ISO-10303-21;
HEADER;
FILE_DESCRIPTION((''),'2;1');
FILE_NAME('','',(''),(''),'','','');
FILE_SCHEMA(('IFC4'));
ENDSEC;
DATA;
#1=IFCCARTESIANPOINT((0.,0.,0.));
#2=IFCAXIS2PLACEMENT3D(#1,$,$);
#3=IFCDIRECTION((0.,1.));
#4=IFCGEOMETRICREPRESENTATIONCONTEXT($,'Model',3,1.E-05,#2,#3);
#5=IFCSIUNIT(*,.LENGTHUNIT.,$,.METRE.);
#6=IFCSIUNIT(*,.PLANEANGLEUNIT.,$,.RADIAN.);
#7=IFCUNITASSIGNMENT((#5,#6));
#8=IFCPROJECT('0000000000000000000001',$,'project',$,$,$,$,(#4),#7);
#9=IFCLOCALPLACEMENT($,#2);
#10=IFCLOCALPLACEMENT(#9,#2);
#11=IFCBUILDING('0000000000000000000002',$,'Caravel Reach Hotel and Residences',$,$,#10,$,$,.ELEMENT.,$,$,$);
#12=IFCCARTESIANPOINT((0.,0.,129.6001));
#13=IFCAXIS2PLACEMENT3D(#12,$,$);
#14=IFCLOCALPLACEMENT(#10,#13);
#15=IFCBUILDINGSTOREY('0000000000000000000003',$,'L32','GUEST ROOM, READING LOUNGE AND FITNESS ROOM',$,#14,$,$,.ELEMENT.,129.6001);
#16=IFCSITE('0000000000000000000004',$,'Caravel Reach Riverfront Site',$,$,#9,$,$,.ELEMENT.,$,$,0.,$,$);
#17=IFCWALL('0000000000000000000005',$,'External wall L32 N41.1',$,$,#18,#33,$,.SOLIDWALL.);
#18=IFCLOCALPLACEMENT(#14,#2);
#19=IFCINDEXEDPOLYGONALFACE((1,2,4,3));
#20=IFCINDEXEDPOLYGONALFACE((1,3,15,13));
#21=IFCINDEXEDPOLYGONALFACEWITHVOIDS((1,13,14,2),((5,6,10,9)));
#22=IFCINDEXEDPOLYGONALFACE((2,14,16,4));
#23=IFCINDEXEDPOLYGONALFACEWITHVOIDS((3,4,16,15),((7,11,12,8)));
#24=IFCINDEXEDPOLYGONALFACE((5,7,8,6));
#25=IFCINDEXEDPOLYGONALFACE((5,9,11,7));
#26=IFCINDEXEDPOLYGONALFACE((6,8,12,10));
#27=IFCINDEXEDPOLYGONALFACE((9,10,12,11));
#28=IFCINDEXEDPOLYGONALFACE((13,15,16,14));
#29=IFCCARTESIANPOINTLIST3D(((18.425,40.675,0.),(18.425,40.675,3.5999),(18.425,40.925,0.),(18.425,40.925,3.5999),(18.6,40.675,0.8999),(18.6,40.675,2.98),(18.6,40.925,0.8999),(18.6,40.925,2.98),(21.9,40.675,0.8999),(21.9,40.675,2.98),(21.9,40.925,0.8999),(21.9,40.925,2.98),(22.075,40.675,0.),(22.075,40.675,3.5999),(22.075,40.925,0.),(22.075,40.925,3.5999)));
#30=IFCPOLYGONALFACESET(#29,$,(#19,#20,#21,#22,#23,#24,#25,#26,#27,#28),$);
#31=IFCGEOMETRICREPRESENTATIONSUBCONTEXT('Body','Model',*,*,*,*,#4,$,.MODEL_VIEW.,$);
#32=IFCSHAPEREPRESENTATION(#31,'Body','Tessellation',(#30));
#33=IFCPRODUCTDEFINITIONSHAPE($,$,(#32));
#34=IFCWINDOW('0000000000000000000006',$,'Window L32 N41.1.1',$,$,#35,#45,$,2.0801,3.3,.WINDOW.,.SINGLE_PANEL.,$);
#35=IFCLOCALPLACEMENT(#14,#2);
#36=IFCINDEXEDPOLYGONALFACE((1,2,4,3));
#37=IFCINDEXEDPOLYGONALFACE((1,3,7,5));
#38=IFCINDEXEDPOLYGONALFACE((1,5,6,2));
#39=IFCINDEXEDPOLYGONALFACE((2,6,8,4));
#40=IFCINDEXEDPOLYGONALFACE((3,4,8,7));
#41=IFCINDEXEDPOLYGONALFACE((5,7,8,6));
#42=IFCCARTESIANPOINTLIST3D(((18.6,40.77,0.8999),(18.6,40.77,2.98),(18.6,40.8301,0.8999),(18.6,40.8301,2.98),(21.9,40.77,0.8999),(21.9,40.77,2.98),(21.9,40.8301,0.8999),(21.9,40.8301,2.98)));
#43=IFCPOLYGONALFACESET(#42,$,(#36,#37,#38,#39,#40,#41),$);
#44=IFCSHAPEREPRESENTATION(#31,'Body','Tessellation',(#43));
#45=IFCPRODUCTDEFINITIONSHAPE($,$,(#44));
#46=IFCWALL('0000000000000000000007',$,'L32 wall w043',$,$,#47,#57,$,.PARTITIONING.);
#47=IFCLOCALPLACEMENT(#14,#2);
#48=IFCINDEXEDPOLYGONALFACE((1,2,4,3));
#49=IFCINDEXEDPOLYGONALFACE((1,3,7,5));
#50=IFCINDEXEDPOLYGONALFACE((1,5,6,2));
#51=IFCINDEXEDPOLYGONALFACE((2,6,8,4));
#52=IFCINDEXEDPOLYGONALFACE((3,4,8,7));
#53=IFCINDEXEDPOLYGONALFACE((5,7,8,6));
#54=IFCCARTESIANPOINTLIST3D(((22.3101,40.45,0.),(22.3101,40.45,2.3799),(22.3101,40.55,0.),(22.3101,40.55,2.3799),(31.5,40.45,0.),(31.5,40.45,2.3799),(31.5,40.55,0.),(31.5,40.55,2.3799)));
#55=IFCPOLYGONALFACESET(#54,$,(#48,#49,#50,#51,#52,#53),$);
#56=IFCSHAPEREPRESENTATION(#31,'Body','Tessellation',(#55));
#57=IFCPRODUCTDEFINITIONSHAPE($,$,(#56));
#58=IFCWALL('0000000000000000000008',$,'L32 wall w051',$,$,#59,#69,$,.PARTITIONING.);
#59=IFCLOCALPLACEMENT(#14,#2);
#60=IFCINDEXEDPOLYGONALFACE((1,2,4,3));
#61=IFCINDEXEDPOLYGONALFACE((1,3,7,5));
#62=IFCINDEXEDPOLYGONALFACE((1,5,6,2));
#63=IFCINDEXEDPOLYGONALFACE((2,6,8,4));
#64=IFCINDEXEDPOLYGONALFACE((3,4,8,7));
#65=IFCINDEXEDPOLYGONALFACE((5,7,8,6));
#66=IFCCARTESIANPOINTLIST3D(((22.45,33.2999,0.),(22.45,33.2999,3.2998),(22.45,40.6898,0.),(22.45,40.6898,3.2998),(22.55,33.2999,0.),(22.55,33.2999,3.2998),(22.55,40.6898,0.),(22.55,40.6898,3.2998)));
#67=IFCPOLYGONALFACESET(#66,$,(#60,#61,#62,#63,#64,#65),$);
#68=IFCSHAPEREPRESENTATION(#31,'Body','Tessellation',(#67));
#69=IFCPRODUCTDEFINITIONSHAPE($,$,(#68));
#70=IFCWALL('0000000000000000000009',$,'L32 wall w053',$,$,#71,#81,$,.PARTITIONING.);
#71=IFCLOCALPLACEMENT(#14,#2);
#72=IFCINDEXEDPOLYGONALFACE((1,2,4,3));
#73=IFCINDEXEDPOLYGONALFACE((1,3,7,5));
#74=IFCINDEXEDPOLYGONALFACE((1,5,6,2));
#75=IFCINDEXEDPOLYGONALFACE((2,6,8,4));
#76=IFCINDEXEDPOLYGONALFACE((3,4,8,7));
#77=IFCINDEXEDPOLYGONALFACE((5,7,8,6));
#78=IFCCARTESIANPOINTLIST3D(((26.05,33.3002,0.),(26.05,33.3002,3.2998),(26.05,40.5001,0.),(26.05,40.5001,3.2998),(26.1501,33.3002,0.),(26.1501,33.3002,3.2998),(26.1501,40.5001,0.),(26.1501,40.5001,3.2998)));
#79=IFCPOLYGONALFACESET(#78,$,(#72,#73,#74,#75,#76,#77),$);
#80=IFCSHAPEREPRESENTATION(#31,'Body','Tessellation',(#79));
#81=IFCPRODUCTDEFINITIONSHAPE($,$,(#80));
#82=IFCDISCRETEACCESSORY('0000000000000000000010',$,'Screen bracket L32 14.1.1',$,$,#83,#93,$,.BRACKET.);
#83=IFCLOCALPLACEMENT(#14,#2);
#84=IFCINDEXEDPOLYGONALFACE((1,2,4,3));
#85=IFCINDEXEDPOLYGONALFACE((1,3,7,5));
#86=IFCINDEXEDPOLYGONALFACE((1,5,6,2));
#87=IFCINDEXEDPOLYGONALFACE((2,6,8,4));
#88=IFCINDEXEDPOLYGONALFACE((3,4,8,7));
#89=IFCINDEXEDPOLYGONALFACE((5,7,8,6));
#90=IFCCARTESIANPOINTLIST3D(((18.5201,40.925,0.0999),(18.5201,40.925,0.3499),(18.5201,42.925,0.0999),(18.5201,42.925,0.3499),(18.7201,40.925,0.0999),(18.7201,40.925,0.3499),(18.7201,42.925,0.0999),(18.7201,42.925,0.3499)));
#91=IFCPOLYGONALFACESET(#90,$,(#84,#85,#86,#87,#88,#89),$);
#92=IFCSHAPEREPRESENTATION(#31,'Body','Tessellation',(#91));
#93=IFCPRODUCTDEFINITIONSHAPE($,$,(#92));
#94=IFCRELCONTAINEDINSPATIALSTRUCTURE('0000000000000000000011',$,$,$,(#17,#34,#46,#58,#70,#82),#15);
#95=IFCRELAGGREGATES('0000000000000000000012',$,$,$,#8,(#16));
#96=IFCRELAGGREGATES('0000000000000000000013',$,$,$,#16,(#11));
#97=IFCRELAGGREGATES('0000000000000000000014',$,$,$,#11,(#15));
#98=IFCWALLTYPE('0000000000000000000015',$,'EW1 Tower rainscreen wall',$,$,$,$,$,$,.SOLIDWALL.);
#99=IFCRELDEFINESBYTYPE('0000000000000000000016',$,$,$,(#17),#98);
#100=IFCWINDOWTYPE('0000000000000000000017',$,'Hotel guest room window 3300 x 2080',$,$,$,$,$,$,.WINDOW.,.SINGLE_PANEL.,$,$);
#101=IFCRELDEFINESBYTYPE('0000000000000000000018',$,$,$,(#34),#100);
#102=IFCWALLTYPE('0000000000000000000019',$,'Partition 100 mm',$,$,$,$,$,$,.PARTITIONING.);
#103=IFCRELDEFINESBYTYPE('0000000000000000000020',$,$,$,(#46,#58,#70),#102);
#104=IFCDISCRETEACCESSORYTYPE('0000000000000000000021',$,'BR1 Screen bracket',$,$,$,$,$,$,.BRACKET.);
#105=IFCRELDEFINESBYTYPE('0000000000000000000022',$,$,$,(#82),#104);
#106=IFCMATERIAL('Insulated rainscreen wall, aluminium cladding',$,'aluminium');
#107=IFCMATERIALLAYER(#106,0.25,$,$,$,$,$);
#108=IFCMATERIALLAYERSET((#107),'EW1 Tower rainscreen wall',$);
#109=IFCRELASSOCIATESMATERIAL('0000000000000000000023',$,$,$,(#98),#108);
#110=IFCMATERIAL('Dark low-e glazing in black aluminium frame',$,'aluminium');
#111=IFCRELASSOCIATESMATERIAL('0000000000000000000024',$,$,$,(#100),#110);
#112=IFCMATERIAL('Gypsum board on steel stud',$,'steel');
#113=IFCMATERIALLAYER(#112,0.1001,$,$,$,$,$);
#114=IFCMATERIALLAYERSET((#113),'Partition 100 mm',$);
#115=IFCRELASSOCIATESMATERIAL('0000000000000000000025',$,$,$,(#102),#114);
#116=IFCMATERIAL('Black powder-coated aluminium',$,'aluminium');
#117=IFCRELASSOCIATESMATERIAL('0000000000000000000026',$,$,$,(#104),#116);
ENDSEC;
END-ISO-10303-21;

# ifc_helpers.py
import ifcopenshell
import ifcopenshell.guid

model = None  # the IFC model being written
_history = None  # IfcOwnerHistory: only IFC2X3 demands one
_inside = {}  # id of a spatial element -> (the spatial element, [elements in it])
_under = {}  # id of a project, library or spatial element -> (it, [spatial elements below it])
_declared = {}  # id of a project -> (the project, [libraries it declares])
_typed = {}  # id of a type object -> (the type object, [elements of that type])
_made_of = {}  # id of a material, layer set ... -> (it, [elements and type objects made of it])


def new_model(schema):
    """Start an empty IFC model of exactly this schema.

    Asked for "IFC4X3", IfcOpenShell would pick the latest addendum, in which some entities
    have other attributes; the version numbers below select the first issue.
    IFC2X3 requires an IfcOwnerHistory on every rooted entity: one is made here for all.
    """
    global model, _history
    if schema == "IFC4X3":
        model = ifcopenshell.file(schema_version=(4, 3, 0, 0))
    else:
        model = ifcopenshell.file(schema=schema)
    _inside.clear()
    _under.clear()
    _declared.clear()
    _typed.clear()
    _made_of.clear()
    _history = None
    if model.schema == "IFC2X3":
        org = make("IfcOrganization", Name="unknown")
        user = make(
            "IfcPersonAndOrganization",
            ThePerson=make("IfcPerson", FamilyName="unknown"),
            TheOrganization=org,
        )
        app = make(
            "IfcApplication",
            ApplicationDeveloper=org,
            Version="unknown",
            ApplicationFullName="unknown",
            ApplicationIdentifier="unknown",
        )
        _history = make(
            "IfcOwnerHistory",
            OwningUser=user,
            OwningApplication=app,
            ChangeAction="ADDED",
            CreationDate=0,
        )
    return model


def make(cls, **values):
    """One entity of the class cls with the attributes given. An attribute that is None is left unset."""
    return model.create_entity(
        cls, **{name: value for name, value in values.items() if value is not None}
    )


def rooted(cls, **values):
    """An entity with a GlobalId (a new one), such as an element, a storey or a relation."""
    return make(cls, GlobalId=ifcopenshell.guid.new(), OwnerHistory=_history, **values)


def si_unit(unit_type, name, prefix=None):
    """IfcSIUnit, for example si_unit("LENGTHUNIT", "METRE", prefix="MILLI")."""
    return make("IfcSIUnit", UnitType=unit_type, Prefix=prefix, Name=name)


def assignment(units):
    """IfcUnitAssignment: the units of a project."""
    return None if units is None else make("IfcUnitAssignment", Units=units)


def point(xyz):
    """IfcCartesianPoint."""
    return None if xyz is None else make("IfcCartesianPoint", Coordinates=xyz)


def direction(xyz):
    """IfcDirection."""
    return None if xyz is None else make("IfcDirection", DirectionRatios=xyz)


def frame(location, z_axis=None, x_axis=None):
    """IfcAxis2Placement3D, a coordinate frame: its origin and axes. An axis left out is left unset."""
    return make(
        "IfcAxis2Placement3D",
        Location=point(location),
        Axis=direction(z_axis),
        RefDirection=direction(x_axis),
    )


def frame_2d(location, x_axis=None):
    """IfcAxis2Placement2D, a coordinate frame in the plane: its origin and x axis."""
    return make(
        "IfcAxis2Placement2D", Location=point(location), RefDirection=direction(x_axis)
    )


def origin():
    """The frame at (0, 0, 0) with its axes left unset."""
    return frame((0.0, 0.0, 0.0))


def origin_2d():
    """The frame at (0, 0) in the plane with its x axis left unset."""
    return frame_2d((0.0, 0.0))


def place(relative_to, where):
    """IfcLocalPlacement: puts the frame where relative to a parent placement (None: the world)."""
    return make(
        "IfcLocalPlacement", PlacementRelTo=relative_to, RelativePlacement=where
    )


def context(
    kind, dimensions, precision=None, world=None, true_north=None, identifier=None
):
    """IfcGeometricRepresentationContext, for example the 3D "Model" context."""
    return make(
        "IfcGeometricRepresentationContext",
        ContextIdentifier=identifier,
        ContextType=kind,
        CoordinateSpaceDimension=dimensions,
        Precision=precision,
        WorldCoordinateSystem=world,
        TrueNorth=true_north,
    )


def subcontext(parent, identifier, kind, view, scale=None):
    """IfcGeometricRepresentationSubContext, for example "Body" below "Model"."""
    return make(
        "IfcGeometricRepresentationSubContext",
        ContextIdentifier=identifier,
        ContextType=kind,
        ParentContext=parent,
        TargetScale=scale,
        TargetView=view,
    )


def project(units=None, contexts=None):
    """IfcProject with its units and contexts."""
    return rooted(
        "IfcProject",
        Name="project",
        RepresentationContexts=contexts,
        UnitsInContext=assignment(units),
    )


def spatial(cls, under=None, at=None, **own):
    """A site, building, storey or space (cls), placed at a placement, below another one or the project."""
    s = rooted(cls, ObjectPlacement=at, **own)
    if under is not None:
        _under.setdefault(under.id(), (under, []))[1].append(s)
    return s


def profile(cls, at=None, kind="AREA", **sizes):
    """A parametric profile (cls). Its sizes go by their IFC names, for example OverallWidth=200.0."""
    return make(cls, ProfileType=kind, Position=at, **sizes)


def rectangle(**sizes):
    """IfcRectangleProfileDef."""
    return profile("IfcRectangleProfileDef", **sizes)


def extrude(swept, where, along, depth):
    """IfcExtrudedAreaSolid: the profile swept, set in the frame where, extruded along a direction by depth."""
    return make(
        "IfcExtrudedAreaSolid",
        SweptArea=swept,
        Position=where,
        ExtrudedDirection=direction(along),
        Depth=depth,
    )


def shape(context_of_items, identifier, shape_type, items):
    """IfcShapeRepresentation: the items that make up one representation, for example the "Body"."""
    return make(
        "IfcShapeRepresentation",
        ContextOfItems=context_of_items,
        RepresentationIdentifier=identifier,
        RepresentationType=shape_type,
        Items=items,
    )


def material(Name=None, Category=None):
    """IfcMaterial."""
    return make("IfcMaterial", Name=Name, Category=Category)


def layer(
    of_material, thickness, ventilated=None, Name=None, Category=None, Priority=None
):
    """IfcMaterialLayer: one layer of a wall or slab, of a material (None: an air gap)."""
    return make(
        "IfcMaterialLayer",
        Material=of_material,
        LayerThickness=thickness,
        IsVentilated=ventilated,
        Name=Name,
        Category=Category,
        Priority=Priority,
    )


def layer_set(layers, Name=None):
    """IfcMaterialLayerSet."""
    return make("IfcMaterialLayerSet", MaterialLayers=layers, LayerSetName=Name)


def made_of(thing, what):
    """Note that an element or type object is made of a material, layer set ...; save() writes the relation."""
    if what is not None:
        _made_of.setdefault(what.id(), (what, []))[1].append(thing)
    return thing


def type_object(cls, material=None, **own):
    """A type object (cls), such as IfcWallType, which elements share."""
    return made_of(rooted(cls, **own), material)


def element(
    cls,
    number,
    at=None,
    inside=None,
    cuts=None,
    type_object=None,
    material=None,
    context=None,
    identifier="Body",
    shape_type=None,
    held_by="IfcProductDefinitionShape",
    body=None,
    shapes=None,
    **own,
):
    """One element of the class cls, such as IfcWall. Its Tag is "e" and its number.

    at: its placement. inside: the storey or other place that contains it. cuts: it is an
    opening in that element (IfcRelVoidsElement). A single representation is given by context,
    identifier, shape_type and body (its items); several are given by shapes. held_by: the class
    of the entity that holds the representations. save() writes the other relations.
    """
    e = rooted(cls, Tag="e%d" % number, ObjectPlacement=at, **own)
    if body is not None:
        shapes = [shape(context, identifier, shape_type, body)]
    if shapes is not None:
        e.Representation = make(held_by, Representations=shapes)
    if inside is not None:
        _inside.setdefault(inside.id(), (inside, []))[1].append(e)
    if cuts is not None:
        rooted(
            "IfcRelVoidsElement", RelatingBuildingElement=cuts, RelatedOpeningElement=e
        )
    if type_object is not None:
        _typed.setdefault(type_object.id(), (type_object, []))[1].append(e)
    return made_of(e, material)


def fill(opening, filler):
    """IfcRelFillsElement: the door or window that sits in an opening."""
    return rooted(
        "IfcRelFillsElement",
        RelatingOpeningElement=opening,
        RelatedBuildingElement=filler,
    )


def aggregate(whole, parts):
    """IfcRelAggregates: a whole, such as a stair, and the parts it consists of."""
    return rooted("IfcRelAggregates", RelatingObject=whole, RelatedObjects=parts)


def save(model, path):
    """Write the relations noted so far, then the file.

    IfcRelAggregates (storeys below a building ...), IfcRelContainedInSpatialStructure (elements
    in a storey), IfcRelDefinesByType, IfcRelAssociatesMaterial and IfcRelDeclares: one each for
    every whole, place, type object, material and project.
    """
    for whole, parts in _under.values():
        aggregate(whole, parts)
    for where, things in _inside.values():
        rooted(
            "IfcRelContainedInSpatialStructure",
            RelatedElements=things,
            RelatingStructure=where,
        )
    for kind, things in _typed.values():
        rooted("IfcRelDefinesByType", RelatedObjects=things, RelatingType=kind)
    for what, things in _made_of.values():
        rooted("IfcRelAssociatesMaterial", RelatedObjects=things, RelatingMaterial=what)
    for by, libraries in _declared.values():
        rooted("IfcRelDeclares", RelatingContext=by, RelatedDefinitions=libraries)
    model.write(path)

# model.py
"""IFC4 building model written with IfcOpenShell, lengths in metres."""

from ifc_helpers import new_model, si_unit, direction, frame, frame_2d, origin, origin_2d, place, context, subcontext, project, spatial, rectangle, extrude, material, layer, layer_set, type_object, element, fill, save


model = new_model("IFC4")

# Units and contexts
model_context = context("Model", 3, precision=1e-05, world=origin(), true_north=direction((0.0, 1.0)))
body_context = subcontext(model_context, "Body", "Model", "MODEL_VIEW")
ifc_project = project(units=[si_unit("LENGTHUNIT", "METRE"), si_unit("PLANEANGLEUNIT", "RADIAN")], contexts=[model_context])

# Site, building, storey
site_placement = place(None, origin())
site = spatial("IfcSite", under=ifc_project, at=site_placement, Name="Caravel Reach Riverfront Site", CompositionType="ELEMENT", RefElevation=0.0)
building_placement = place(site_placement, origin())
building = spatial("IfcBuilding", under=site, at=building_placement, Name="Caravel Reach Hotel and Residences", CompositionType="ELEMENT")
storey_placement = place(building_placement, frame((0.0, 0.0, 129.6001)))
storey = spatial("IfcBuildingStorey", under=building, at=storey_placement, Name="L32", Description="GUEST ROOM, READING LOUNGE AND FITNESS ROOM", CompositionType="ELEMENT", Elevation=129.6001)

# Wall, opening, window
ifc_material_1 = material(Name="Insulated rainscreen wall, aluminium cladding", Category="aluminium")
ifc_layer_1 = layer(ifc_material_1, 0.25)
ifc_layer_set_1 = layer_set([ifc_layer_1], Name="EW1 Tower rainscreen wall")
wall_type_1 = type_object("IfcWallType", Name="EW1 Tower rainscreen wall", PredefinedType="SOLIDWALL", material=ifc_layer_set_1)
wall_1_placement = place(storey_placement, frame((22.075, 40.8, 0.0), z_axis=(0.0, 0.0, 1.0), x_axis=(-1.0, 0.0, 0.0)))
wall_1 = element("IfcWall", 1, at=wall_1_placement, inside=storey, type_object=wall_type_1, Name="External wall L32 N41.1", PredefinedType="SOLIDWALL", context=body_context, shape_type="SweptSolid", body=[
    extrude(rectangle(XDim=3.6499, YDim=0.25, at=frame_2d((1.825, 0.0))), origin(), (0.0, 0.0, 1.0), 3.5999),
])
opening_1_placement = place(wall_1_placement, frame((0.175, 0.0, 0.8999)))
opening_1 = element("IfcOpeningElement", 2, at=opening_1_placement, cuts=wall_1, PredefinedType="OPENING", context=body_context, shape_type="SweptSolid", body=[
    extrude(rectangle(XDim=3.3, YDim=2.0801, at=frame_2d((1.6499, 1.04))), frame((0.0, 0.135, 0.0), z_axis=(0.0, -1.0, 0.0), x_axis=(1.0, 0.0, 0.0)), (0.0, 0.0, 1.0), 0.27),
])
ifc_material_2 = material(Name="Dark low-e glazing in black aluminium frame", Category="aluminium")
window_type = type_object("IfcWindowType", Name="Hotel guest room window 3300 x 2080", PartitioningType="SINGLE_PANEL", PredefinedType="WINDOW", material=ifc_material_2)
window_placement = place(opening_1_placement, origin())
window = element("IfcWindow", 3, at=window_placement, inside=storey, type_object=window_type, Name="Window L32 N41.1.1", OverallHeight=2.0801, OverallWidth=3.3, PartitioningType="SINGLE_PANEL", PredefinedType="WINDOW", context=body_context, shape_type="SweptSolid", body=[
    extrude(rectangle(XDim=3.3, YDim=2.0801, at=frame_2d((1.6499, 1.04))), frame((0.0, 0.03, 0.0), z_axis=(0.0, -1.0, 0.0), x_axis=(1.0, 0.0, 0.0)), (0.0, 0.0, 1.0), 0.0601),
])
fill(opening_1, window)

# Walls
ifc_material_3 = material(Name="Gypsum board on steel stud", Category="steel")
ifc_layer_2 = layer(ifc_material_3, 0.1001)
ifc_layer_set_2 = layer_set([ifc_layer_2], Name="Partition 100 mm")
wall_type_2 = type_object("IfcWallType", Name="Partition 100 mm", PredefinedType="PARTITIONING", material=ifc_layer_set_2)
wall_2_placement = place(storey_placement, frame((22.3101, 40.5, 0.0), z_axis=(0.0, 0.0, 1.0), x_axis=(1.0, 0.0, 0.0)))
element("IfcWall", 4, at=wall_2_placement, inside=storey, type_object=wall_type_2, Name="L32 wall w043", PredefinedType="PARTITIONING", context=body_context, shape_type="SweptSolid", body=[
    extrude(rectangle(XDim=9.1899, YDim=0.1001, at=frame_2d((4.595, 0.0))), origin(), (0.0, 0.0, 1.0), 2.3799),
])
wall_3_placement = place(storey_placement, frame((22.5, 33.3, 0.0), z_axis=(0.0, 0.0, 1.0), x_axis=(0.0, 1.0, 0.0)))
element("IfcWall", 5, at=wall_3_placement, inside=storey, type_object=wall_type_2, Name="L32 wall w051", PredefinedType="PARTITIONING", context=body_context, shape_type="SweptSolid", body=[
    extrude(rectangle(XDim=7.3899, YDim=0.1001, at=frame_2d((3.6948, 0.0))), origin(), (0.0, 0.0, 1.0), 3.2998),
])
wall_4_placement = place(storey_placement, frame((26.1001, 33.3, 0.0), z_axis=(0.0, 0.0, 1.0), x_axis=(0.0, 1.0, 0.0)))
element("IfcWall", 6, at=wall_4_placement, inside=storey, type_object=wall_type_2, Name="L32 wall w053", PredefinedType="PARTITIONING", context=body_context, shape_type="SweptSolid", body=[
    extrude(rectangle(XDim=7.2, YDim=0.1001, at=frame_2d((3.6001, 0.0))), origin(), (0.0, 0.0, 1.0), 3.2998),
])

# Discrete accessory
ifc_material_4 = material(Name="Black powder-coated aluminium", Category="aluminium")
discrete_accessory_type = type_object("IfcDiscreteAccessoryType", Name="BR1 Screen bracket", PredefinedType="BRACKET", material=ifc_material_4)
discrete_accessory_placement = place(storey_placement, frame((18.6201, 41.925, 0.0999), z_axis=(0.0, 0.0, 1.0), x_axis=(0.0, 1.0, 0.0)))
element("IfcDiscreteAccessory", 7, at=discrete_accessory_placement, inside=storey, type_object=discrete_accessory_type, Name="Screen bracket L32 14.1.1", PredefinedType="BRACKET", context=body_context, shape_type="SweptSolid", body=[
    extrude(rectangle(XDim=2.0, YDim=0.2, at=origin_2d()), origin(), (0.0, 0.0, 1.0), 0.25),
])

save(model, "model.ifc")
